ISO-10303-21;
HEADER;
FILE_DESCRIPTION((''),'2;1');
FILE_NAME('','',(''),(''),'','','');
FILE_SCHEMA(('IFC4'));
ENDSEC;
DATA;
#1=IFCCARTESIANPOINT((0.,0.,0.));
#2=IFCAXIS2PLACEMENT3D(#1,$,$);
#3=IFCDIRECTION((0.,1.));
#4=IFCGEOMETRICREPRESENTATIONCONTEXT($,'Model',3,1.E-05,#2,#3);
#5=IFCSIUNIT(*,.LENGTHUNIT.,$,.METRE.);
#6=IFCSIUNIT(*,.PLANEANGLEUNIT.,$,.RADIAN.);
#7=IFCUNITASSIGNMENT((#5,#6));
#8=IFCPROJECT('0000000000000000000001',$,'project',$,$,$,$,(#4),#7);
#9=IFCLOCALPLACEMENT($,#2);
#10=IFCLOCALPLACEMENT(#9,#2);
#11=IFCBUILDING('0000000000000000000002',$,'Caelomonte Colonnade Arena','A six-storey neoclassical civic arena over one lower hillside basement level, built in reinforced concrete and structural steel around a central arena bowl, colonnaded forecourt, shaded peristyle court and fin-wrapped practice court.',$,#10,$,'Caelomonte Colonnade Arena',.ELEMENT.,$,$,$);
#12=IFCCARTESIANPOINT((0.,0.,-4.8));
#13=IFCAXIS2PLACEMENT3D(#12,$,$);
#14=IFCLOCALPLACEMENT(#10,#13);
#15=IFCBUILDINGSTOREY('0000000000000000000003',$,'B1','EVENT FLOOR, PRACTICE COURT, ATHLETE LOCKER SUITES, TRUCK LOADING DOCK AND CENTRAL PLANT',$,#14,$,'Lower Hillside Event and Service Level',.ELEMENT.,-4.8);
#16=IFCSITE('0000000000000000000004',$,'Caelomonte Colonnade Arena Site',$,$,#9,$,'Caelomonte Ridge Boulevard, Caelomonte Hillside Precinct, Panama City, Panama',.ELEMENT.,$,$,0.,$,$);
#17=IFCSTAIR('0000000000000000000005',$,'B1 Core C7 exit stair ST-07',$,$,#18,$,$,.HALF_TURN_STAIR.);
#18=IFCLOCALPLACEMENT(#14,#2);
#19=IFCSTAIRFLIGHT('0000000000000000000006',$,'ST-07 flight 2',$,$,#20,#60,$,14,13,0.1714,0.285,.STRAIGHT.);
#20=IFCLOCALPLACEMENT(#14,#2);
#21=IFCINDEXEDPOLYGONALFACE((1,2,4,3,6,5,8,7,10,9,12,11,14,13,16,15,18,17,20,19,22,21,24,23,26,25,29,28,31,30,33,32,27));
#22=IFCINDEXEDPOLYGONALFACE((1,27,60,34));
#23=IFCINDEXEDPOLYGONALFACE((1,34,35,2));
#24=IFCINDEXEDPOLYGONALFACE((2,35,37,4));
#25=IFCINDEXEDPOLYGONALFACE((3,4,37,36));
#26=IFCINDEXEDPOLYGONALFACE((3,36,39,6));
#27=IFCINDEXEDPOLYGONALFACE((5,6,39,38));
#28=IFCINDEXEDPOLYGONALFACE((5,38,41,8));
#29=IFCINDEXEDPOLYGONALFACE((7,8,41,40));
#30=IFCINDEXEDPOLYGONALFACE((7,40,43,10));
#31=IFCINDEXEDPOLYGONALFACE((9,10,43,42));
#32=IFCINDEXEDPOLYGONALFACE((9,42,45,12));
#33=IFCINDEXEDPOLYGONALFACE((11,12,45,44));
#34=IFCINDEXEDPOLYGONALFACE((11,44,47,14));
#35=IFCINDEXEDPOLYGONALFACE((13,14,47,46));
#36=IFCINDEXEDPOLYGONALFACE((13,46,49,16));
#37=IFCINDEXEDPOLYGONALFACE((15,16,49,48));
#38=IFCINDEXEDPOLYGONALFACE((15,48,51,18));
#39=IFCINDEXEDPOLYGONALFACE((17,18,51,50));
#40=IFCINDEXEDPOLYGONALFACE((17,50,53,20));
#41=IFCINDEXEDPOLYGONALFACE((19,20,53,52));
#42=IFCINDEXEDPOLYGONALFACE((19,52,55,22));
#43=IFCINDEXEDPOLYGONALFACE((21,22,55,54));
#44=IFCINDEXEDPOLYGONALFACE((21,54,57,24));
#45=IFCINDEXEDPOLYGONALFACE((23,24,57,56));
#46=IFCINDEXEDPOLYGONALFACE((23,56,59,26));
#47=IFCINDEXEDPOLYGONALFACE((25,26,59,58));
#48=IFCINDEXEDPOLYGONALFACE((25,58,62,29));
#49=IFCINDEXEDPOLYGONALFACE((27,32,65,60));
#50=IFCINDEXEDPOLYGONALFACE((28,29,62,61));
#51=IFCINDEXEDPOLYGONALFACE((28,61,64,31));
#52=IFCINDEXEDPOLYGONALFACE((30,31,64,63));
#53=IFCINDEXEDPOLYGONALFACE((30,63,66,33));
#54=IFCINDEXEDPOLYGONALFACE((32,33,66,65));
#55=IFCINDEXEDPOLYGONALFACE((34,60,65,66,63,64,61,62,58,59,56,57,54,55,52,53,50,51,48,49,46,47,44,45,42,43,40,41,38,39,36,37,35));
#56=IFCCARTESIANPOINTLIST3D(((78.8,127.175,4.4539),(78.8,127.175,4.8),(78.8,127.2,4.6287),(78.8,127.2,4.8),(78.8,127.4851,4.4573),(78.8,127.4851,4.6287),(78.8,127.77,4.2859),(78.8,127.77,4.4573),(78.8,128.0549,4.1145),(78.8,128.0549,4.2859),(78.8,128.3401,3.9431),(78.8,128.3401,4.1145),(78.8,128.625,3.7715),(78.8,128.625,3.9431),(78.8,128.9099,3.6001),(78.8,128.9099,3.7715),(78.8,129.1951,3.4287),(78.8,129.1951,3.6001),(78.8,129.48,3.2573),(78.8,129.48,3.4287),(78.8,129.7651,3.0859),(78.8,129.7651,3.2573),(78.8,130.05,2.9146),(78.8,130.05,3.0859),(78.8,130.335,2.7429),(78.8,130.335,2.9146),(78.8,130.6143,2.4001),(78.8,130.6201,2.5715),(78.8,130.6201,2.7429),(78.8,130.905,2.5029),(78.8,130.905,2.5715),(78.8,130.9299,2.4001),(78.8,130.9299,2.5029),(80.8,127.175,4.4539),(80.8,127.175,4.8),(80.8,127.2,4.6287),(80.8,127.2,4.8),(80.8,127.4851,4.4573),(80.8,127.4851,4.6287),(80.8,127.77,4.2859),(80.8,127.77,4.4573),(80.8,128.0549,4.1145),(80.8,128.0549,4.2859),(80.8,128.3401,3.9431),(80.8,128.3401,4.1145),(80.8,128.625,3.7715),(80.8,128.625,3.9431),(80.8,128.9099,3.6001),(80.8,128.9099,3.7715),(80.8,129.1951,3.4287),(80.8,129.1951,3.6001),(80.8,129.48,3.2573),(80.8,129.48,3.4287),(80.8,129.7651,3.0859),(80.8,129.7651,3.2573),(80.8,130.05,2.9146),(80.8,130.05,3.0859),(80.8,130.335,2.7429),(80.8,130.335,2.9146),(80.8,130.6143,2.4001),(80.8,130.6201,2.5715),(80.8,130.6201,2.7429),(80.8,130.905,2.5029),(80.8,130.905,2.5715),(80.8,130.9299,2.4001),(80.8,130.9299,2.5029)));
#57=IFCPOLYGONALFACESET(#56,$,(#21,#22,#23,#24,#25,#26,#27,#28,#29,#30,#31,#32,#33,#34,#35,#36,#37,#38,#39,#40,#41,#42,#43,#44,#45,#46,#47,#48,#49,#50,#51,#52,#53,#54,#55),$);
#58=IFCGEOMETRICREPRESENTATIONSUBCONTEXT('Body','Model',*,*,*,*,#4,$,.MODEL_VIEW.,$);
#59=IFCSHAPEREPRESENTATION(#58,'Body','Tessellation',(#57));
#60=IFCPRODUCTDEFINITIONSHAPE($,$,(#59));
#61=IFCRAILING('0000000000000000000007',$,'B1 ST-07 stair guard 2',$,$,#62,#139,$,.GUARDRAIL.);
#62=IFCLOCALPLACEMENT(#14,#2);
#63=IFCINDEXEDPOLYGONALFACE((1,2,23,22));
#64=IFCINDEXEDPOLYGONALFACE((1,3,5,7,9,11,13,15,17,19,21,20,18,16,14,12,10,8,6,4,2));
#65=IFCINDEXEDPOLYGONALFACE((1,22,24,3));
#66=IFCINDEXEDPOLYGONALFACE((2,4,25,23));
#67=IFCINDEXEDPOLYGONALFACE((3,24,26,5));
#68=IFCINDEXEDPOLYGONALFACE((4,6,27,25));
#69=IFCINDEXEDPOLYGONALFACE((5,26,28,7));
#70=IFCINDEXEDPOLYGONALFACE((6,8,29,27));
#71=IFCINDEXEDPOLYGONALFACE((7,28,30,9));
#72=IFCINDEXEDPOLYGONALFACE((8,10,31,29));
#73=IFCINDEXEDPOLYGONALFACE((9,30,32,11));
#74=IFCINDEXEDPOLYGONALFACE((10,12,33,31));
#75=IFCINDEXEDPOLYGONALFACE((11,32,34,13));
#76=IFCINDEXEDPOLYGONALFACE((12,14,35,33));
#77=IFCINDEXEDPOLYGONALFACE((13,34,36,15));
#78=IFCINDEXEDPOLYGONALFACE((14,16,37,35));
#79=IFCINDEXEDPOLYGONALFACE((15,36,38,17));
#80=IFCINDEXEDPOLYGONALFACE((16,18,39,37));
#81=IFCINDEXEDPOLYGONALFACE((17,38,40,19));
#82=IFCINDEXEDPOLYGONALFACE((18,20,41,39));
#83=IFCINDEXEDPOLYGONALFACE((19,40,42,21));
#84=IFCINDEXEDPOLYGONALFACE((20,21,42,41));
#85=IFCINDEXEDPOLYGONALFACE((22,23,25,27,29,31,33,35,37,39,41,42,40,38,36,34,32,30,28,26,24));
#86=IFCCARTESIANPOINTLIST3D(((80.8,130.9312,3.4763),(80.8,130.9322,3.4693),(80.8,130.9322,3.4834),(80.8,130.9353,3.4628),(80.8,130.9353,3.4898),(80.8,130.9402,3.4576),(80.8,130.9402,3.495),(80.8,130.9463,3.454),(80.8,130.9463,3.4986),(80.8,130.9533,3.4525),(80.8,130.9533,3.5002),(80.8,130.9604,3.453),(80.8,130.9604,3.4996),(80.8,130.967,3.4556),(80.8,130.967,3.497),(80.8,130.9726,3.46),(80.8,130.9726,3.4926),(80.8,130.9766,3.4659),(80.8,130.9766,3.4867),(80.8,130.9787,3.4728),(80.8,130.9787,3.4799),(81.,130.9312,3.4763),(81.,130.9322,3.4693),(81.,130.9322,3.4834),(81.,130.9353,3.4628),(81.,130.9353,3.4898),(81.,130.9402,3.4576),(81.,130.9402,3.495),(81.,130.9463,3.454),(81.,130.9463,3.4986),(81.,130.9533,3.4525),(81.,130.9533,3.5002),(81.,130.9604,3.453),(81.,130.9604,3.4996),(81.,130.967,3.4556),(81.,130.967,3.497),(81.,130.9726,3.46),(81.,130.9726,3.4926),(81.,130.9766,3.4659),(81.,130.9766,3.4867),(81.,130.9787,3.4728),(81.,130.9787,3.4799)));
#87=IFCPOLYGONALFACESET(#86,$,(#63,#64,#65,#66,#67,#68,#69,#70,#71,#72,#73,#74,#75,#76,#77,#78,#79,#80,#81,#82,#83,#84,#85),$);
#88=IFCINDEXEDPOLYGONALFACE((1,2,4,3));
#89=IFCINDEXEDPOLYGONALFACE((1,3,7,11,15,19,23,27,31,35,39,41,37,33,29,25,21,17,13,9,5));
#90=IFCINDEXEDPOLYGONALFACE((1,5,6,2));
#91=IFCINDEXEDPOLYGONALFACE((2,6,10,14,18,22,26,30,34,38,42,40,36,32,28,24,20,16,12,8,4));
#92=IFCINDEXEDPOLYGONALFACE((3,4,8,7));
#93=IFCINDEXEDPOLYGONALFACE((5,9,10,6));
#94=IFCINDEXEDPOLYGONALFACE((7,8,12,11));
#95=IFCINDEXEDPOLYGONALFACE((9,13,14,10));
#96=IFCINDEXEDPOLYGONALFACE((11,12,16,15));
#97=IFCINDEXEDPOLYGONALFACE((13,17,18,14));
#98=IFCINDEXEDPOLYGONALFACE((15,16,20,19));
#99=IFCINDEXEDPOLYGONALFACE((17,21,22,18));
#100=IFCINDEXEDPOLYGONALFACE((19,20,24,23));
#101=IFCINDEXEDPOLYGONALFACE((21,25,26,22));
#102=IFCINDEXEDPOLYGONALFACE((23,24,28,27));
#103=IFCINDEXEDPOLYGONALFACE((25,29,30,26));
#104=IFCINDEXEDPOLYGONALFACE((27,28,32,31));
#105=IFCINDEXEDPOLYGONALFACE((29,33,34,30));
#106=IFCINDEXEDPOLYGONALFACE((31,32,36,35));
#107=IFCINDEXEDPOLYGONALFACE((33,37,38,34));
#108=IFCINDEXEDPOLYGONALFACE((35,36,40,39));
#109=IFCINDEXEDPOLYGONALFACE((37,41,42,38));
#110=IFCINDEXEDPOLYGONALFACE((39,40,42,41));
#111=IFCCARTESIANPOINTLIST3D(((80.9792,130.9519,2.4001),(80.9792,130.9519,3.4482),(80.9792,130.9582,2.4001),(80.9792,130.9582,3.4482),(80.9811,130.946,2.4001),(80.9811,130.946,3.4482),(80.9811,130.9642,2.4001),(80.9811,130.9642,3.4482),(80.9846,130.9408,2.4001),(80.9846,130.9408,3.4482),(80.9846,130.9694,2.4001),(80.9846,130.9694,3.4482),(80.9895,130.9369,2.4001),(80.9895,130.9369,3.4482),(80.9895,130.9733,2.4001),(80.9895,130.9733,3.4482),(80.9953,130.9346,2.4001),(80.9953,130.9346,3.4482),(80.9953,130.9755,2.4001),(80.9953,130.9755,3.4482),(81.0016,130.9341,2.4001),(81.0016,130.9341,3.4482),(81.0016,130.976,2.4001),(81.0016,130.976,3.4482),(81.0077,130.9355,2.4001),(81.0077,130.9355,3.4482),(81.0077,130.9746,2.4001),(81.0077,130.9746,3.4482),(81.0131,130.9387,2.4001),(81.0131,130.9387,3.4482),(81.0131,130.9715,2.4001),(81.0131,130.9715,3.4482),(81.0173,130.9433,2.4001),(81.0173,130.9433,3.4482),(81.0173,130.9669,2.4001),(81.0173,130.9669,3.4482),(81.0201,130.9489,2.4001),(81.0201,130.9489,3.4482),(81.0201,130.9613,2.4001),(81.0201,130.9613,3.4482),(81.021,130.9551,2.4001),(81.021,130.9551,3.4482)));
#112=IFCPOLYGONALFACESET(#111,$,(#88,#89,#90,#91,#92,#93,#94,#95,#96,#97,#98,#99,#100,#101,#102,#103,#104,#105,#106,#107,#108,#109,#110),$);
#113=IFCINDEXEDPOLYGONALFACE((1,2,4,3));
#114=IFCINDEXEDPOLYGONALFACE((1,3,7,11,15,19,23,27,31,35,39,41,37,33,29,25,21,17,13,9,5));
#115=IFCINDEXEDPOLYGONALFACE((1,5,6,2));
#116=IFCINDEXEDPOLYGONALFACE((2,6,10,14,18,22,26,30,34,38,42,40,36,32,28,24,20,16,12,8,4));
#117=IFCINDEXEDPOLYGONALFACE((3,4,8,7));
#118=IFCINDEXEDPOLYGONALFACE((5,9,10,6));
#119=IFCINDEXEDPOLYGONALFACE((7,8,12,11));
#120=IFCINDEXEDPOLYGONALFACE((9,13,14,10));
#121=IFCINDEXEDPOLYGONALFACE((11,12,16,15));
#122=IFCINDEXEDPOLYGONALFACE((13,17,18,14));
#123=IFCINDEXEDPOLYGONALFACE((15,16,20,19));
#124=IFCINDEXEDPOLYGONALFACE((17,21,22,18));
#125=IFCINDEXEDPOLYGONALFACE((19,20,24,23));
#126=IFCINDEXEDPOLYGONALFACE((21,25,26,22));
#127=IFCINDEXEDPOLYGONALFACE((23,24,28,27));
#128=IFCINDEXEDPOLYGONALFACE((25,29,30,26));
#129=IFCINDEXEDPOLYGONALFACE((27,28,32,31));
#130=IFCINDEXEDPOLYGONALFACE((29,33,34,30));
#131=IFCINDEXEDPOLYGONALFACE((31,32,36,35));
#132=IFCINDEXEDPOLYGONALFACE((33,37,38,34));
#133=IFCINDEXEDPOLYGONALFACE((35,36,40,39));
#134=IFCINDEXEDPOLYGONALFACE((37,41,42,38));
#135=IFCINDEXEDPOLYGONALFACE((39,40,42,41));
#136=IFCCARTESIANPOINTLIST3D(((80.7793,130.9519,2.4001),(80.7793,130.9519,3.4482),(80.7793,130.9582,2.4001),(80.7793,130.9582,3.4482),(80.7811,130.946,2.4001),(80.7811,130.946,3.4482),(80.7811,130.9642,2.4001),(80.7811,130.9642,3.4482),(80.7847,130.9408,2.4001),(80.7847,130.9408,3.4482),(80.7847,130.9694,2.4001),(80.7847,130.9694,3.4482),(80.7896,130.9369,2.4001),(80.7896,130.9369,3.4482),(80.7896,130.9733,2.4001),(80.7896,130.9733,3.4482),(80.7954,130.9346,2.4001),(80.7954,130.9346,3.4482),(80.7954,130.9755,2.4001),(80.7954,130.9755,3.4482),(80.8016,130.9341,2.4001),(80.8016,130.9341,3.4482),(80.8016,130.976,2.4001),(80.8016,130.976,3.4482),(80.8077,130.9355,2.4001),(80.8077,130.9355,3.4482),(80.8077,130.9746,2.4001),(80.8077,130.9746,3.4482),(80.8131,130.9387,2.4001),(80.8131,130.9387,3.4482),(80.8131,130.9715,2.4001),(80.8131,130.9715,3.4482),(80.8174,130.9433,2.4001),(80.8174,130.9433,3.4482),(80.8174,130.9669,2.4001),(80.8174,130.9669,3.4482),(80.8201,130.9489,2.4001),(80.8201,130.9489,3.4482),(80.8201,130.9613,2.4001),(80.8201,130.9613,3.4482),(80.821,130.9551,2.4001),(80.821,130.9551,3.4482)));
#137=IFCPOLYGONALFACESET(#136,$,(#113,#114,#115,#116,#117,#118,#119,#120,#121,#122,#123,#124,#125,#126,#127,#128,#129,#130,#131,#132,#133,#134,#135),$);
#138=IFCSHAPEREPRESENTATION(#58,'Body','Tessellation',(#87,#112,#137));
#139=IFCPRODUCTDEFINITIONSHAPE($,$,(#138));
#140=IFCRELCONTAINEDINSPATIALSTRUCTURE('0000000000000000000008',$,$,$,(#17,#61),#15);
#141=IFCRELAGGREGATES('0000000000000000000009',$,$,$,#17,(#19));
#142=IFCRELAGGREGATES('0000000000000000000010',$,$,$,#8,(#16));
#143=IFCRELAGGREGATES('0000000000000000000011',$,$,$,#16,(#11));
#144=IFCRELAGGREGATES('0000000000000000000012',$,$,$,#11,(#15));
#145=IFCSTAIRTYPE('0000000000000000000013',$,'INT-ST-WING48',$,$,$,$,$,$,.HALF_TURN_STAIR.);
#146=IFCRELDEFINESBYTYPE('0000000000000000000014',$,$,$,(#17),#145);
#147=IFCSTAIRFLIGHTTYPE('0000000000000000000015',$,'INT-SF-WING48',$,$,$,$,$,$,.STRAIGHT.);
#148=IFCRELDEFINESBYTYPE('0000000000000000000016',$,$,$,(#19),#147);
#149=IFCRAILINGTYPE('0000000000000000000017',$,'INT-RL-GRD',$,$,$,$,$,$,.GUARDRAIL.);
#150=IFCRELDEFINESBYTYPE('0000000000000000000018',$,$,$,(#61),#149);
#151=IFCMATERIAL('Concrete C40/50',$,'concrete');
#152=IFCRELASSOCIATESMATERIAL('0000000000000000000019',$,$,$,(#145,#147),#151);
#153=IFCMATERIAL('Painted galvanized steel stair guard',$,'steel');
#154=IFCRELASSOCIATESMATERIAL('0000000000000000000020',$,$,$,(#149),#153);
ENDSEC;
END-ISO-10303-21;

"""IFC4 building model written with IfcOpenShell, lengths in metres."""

from ifc_helpers import new_model, si_unit, direction, frame, origin, origin_2d, place, context, subcontext, project, spatial, polyline, circle, outline, extrude, material, type_object, element, aggregate, save


model = new_model("IFC4")

# Units and contexts
model_context = context("Model", 3, precision=1e-05, world=origin(), true_north=direction((0.0, 1.0)))
body_context = subcontext(model_context, "Body", "Model", "MODEL_VIEW")
ifc_project = project(units=[si_unit("LENGTHUNIT", "METRE"), si_unit("PLANEANGLEUNIT", "RADIAN")], contexts=[model_context])

# Site, building, storey
site_placement = place(None, origin())
site = spatial("IfcSite", under=ifc_project, at=site_placement, Name="Caelomonte Colonnade Arena Site", LongName="Caelomonte Ridge Boulevard, Caelomonte Hillside Precinct, Panama City, Panama", CompositionType="ELEMENT", RefElevation=0.0)
building_placement = place(site_placement, origin())
building = spatial("IfcBuilding", under=site, at=building_placement, Name="Caelomonte Colonnade Arena", Description="A six-storey neoclassical civic arena over one lower hillside basement level, built in reinforced concrete and structural steel around a central arena bowl, colonnaded forecourt, shaded peristyle court and fin-wrapped practice court.", LongName="Caelomonte Colonnade Arena", CompositionType="ELEMENT")
storey_placement = place(building_placement, frame((0.0, 0.0, -4.8)))
storey = spatial("IfcBuildingStorey", under=building, at=storey_placement, Name="B1", Description="EVENT FLOOR, PRACTICE COURT, ATHLETE LOCKER SUITES, TRUCK LOADING DOCK AND CENTRAL PLANT", LongName="Lower Hillside Event and Service Level", CompositionType="ELEMENT", Elevation=-4.8)

# Shared definitions
ifc_material_1 = material(Name="Concrete C40/50", Category="concrete")

# Stair, stair flight
stair_type = type_object("IfcStairType", Name="INT-ST-WING48", PredefinedType="HALF_TURN_STAIR", material=ifc_material_1)
stair_placement = place(storey_placement, origin())
stair = element("IfcStair", 1, at=stair_placement, inside=storey, type_object=stair_type, Name="B1 Core C7 exit stair ST-07", PredefinedType="HALF_TURN_STAIR")
stair_flight_type = type_object("IfcStairFlightType", Name="INT-SF-WING48", PredefinedType="STRAIGHT", material=ifc_material_1)
stair_flight_placement = place(storey_placement, frame((79.8, 130.905, 2.4001), z_axis=(0.0, 0.0, 1.0), x_axis=(0.0, -1.0, 0.0)))
stair_flight = element("IfcStairFlight", 2, at=stair_flight_placement, type_object=stair_flight_type, Name="ST-07 flight 2", NumberOfRisers=14, NumberOfTreads=13, PredefinedType="STRAIGHT", RiserHeight=0.1714, TreadLength=0.285, context=body_context, shape_type="SweptSolid", body=[
    extrude(outline(polyline([(-0.0249, 0.0), (-0.0249, 0.1028), (0.0, 0.1028), (0.0, 0.1714), (0.2849, 0.1714), (0.2849, 0.3428), (0.5701, 0.3428), (0.5701, 0.5144), (0.855, 0.5144), (0.855, 0.6858), (1.1399, 0.6858), (1.1399, 0.8572), (1.425, 0.8572), (1.425, 1.0286), (1.71, 1.0286), (1.71, 1.2), (1.9951, 1.2), (1.9951, 1.3713), (2.28, 1.3713), (2.28, 1.543), (2.5649, 1.543), (2.5649, 1.7144), (2.8501, 1.7144), (2.8501, 1.8857), (3.135, 1.8857), (3.135, 2.0571), (3.4199, 2.0571), (3.4199, 2.2285), (3.7051, 2.2285), (3.7051, 2.3999), (3.73, 2.3999), (3.73, 2.0537), (0.2908, 0.0), (-0.0249, 0.0)])), frame((0.0, 1.0, 0.0), z_axis=(0.0, -1.0, 0.0), x_axis=(1.0, 0.0, 0.0)), (0.0, 0.0, 1.0), 2.0),
])
aggregate(stair, [stair_flight])

# Railing
ifc_material_2 = material(Name="Painted galvanized steel stair guard", Category="steel")
railing_type_1 = type_object("IfcRailingType", Name="INT-RL-GRD", PredefinedType="GUARDRAIL", material=ifc_material_2)
railing_1_placement = place(storey_placement, frame((81.0, 130.9551, 2.4001)))
element("IfcRailing", 3, at=railing_1_placement, inside=storey, type_object=railing_type_1, Name="B1 ST-07 stair guard 2", PredefinedType="GUARDRAIL", context=body_context, shape_type="SweptSolid", body=[
    extrude(circle(Radius=0.0239, at=origin_2d()), frame((0.0, 0.0, 1.0762), z_axis=(-1.0, 0.0, 0.0), x_axis=(0.0, -1.0, 0.0)), (0.0, 0.0, 1.0), 0.2),
    extrude(circle(Radius=0.021, at=origin_2d()), origin(), (0.0, 0.0, 1.0), 1.0481),
    extrude(circle(Radius=0.021, at=origin_2d()), frame((-0.2, 0.0, 0.0)), (0.0, 0.0, 1.0), 1.0481),
])

save(model, "model.ifc")
